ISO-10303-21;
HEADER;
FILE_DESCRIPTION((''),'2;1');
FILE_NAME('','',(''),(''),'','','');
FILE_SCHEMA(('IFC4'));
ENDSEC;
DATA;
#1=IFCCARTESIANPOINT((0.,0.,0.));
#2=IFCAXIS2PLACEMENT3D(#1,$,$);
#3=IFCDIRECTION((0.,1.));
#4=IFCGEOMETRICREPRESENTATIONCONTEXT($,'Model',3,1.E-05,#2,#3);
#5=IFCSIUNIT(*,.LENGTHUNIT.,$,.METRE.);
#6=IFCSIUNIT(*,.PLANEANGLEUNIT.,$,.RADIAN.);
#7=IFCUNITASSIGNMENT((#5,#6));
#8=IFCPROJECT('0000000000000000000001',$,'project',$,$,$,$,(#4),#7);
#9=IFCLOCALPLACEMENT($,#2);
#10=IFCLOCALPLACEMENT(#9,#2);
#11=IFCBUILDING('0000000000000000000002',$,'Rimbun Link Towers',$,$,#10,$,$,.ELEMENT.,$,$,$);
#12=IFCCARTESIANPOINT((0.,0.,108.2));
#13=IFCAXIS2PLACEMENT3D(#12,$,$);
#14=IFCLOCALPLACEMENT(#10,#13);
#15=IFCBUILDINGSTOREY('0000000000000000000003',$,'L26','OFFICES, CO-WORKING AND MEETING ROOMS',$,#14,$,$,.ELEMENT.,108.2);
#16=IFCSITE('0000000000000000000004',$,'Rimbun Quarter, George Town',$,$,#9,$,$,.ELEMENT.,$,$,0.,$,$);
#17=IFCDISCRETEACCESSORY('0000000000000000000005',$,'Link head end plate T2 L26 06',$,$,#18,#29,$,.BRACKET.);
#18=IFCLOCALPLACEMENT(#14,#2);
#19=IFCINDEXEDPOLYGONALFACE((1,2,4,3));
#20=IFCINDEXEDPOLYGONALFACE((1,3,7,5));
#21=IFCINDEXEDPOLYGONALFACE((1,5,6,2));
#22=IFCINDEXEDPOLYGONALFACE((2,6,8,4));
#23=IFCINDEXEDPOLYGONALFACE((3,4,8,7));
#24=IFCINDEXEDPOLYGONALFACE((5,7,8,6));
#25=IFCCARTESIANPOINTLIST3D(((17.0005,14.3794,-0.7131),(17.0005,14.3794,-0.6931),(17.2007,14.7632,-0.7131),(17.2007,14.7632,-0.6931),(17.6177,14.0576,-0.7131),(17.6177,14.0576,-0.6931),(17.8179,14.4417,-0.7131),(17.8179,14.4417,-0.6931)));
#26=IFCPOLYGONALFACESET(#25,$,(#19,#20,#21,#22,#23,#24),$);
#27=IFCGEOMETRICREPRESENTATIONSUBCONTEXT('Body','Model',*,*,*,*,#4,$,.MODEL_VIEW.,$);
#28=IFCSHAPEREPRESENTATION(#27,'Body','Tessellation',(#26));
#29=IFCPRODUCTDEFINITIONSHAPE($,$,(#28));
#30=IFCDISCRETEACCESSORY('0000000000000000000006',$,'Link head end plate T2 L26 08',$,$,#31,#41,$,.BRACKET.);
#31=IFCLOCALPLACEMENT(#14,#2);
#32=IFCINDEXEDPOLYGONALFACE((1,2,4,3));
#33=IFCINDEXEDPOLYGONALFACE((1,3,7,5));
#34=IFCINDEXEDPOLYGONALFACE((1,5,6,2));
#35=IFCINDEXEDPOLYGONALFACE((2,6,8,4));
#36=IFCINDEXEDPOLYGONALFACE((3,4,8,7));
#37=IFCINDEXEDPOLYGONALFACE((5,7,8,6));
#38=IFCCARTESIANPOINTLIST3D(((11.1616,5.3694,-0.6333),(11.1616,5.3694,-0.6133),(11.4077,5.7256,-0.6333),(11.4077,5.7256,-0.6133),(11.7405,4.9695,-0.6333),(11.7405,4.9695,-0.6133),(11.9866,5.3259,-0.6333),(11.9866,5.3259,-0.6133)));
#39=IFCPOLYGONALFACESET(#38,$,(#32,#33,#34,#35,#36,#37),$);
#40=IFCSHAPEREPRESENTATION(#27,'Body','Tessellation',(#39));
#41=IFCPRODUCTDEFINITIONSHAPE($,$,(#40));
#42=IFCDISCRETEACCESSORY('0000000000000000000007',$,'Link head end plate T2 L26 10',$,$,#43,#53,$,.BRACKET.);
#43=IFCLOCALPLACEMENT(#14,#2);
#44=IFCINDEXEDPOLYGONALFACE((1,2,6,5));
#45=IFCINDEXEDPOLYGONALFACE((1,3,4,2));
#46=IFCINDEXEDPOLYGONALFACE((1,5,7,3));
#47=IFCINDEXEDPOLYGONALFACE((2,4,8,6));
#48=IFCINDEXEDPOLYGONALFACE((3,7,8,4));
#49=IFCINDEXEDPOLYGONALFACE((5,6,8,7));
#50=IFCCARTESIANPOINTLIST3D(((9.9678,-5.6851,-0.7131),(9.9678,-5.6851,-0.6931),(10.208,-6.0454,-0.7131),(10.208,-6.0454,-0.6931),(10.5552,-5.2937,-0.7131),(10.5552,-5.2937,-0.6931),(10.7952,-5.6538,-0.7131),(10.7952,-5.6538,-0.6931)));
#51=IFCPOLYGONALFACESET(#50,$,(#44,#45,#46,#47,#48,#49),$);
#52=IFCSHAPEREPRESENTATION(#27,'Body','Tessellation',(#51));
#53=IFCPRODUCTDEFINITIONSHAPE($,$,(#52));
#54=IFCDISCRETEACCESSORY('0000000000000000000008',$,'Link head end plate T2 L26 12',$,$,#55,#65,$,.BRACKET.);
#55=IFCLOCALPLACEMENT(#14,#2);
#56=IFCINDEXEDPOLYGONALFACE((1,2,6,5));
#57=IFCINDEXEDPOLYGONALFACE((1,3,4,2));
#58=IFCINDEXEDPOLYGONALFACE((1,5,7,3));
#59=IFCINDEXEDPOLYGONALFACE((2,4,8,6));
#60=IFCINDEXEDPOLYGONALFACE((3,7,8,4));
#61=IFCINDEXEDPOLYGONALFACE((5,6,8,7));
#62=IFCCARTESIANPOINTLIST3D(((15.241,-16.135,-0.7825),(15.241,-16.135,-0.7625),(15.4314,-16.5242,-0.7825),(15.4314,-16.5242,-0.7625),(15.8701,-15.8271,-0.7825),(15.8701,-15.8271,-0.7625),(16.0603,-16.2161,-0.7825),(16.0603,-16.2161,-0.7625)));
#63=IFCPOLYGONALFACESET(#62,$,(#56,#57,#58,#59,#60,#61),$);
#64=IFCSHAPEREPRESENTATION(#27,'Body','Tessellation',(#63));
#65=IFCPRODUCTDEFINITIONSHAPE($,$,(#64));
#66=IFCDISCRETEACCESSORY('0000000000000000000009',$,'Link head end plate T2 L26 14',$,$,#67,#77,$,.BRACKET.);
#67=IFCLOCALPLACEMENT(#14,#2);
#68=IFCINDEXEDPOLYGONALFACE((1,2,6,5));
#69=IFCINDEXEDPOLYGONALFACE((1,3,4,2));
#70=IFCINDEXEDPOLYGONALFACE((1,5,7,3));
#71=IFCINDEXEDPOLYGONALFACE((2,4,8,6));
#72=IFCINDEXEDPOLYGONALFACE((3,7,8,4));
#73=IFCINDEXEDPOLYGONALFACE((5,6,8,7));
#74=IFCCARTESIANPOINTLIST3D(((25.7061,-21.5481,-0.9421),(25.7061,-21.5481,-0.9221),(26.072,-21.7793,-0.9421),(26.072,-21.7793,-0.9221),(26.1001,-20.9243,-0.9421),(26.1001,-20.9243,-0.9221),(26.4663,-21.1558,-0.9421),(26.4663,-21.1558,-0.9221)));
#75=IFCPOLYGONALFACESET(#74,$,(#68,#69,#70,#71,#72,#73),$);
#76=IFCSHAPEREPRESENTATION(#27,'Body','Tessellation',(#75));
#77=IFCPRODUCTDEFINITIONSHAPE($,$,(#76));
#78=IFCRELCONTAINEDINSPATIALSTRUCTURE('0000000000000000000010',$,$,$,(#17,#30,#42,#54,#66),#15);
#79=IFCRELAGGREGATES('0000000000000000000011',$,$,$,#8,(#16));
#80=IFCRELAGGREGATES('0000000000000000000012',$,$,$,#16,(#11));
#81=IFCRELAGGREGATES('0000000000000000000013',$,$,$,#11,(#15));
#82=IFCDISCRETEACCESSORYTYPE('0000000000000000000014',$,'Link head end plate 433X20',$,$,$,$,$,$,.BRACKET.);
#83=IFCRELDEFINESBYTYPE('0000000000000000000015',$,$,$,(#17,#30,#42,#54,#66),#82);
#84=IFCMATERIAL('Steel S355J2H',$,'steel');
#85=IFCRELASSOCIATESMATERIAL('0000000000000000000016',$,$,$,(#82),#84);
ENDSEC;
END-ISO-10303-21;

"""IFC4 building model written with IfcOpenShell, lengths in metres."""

from ifc_helpers import new_model, si_unit, direction, frame, origin, origin_2d, place, context, subcontext, project, spatial, polyline, rectangle, outline, extrude, material, material_profile, profile_set, type_object, element, save


model = new_model("IFC4")

# Units and contexts
model_context = context("Model", 3, precision=1e-05, world=origin(), true_north=direction((0.0, 1.0)))
body_context = subcontext(model_context, "Body", "Model", "MODEL_VIEW")
ifc_project = project(units=[si_unit("LENGTHUNIT", "METRE"), si_unit("PLANEANGLEUNIT", "RADIAN")], contexts=[model_context])

# Site, building, storey
site_placement = place(None, origin())
site = spatial("IfcSite", under=ifc_project, at=site_placement, Name="Rimbun Quarter, George Town", CompositionType="ELEMENT", RefElevation=0.0)
building_placement = place(site_placement, origin())
building = spatial("IfcBuilding", under=site, at=building_placement, Name="Rimbun Link Towers", CompositionType="ELEMENT")
storey_placement = place(building_placement, frame((0.0, 0.0, 108.2)))
storey = spatial("IfcBuildingStorey", under=building, at=storey_placement, Name="L26", Description="OFFICES, CO-WORKING AND MEETING ROOMS", CompositionType="ELEMENT", Elevation=108.2)

# Discrete accessories
ifc_material_1 = material(Name="Steel S355J2H", Category="steel")
ifc_material_profile_1 = material_profile(ifc_material_1, rectangle(XDim=0.4331, YDim=0.4331, at=origin_2d()), Name="PL 433x433")
ifc_profile_set_1 = profile_set([ifc_material_profile_1], Name="Steel S355J2H")
discrete_accessory_type_1 = type_object("IfcDiscreteAccessoryType", Name="Link head end plate 433X20", PredefinedType="BRACKET", material=ifc_profile_set_1)
discrete_accessory_1_placement = place(storey_placement, frame((0.0, 0.0, -0.7131)))
element("IfcDiscreteAccessory", 1, at=discrete_accessory_1_placement, inside=storey, type_object=discrete_accessory_type_1, Name="Link head end plate T2 L26 06", PredefinedType="BRACKET", context=body_context, shape_type="SweptSolid", body=[
    extrude(outline(polyline([(17.8179, 14.4417), (17.2007, 14.7632), (17.0005, 14.3794), (17.6177, 14.0576), (17.8179, 14.4417)])), origin(), (0.0, 0.0, 1.0), 0.02),
])
discrete_accessory_2_placement = place(storey_placement, frame((0.0, 0.0, -0.6333)))
element("IfcDiscreteAccessory", 2, at=discrete_accessory_2_placement, inside=storey, type_object=discrete_accessory_type_1, Name="Link head end plate T2 L26 08", PredefinedType="BRACKET", context=body_context, shape_type="SweptSolid", body=[
    extrude(outline(polyline([(11.9866, 5.3259), (11.4077, 5.7256), (11.1616, 5.3694), (11.7405, 4.9695), (11.9866, 5.3259)])), origin(), (0.0, 0.0, 1.0), 0.02),
])
discrete_accessory_3_placement = place(storey_placement, frame((0.0, 0.0, -0.7131)))
element("IfcDiscreteAccessory", 3, at=discrete_accessory_3_placement, inside=storey, type_object=discrete_accessory_type_1, Name="Link head end plate T2 L26 10", PredefinedType="BRACKET", context=body_context, shape_type="SweptSolid", body=[
    extrude(outline(polyline([(10.5552, -5.2937), (9.9678, -5.6851), (10.208, -6.0454), (10.7952, -5.6538), (10.5552, -5.2937)])), origin(), (0.0, 0.0, 1.0), 0.02),
])
discrete_accessory_4_placement = place(storey_placement, frame((0.0, 0.0, -0.7825)))
element("IfcDiscreteAccessory", 4, at=discrete_accessory_4_placement, inside=storey, type_object=discrete_accessory_type_1, Name="Link head end plate T2 L26 12", PredefinedType="BRACKET", context=body_context, shape_type="SweptSolid", body=[
    extrude(outline(polyline([(15.8701, -15.8271), (15.241, -16.135), (15.4314, -16.5242), (16.0603, -16.2161), (15.8701, -15.8271)])), origin(), (0.0, 0.0, 1.0), 0.02),
])
discrete_accessory_5_placement = place(storey_placement, frame((0.0, 0.0, -0.9421)))
element("IfcDiscreteAccessory", 5, at=discrete_accessory_5_placement, inside=storey, type_object=discrete_accessory_type_1, Name="Link head end plate T2 L26 14", PredefinedType="BRACKET", context=body_context, shape_type="SweptSolid", body=[
    extrude(outline(polyline([(26.1001, -20.9243), (25.7061, -21.5481), (26.072, -21.7793), (26.4663, -21.1558), (26.1001, -20.9243)])), origin(), (0.0, 0.0, 1.0), 0.02),
])

save(model, "model.ifc")
